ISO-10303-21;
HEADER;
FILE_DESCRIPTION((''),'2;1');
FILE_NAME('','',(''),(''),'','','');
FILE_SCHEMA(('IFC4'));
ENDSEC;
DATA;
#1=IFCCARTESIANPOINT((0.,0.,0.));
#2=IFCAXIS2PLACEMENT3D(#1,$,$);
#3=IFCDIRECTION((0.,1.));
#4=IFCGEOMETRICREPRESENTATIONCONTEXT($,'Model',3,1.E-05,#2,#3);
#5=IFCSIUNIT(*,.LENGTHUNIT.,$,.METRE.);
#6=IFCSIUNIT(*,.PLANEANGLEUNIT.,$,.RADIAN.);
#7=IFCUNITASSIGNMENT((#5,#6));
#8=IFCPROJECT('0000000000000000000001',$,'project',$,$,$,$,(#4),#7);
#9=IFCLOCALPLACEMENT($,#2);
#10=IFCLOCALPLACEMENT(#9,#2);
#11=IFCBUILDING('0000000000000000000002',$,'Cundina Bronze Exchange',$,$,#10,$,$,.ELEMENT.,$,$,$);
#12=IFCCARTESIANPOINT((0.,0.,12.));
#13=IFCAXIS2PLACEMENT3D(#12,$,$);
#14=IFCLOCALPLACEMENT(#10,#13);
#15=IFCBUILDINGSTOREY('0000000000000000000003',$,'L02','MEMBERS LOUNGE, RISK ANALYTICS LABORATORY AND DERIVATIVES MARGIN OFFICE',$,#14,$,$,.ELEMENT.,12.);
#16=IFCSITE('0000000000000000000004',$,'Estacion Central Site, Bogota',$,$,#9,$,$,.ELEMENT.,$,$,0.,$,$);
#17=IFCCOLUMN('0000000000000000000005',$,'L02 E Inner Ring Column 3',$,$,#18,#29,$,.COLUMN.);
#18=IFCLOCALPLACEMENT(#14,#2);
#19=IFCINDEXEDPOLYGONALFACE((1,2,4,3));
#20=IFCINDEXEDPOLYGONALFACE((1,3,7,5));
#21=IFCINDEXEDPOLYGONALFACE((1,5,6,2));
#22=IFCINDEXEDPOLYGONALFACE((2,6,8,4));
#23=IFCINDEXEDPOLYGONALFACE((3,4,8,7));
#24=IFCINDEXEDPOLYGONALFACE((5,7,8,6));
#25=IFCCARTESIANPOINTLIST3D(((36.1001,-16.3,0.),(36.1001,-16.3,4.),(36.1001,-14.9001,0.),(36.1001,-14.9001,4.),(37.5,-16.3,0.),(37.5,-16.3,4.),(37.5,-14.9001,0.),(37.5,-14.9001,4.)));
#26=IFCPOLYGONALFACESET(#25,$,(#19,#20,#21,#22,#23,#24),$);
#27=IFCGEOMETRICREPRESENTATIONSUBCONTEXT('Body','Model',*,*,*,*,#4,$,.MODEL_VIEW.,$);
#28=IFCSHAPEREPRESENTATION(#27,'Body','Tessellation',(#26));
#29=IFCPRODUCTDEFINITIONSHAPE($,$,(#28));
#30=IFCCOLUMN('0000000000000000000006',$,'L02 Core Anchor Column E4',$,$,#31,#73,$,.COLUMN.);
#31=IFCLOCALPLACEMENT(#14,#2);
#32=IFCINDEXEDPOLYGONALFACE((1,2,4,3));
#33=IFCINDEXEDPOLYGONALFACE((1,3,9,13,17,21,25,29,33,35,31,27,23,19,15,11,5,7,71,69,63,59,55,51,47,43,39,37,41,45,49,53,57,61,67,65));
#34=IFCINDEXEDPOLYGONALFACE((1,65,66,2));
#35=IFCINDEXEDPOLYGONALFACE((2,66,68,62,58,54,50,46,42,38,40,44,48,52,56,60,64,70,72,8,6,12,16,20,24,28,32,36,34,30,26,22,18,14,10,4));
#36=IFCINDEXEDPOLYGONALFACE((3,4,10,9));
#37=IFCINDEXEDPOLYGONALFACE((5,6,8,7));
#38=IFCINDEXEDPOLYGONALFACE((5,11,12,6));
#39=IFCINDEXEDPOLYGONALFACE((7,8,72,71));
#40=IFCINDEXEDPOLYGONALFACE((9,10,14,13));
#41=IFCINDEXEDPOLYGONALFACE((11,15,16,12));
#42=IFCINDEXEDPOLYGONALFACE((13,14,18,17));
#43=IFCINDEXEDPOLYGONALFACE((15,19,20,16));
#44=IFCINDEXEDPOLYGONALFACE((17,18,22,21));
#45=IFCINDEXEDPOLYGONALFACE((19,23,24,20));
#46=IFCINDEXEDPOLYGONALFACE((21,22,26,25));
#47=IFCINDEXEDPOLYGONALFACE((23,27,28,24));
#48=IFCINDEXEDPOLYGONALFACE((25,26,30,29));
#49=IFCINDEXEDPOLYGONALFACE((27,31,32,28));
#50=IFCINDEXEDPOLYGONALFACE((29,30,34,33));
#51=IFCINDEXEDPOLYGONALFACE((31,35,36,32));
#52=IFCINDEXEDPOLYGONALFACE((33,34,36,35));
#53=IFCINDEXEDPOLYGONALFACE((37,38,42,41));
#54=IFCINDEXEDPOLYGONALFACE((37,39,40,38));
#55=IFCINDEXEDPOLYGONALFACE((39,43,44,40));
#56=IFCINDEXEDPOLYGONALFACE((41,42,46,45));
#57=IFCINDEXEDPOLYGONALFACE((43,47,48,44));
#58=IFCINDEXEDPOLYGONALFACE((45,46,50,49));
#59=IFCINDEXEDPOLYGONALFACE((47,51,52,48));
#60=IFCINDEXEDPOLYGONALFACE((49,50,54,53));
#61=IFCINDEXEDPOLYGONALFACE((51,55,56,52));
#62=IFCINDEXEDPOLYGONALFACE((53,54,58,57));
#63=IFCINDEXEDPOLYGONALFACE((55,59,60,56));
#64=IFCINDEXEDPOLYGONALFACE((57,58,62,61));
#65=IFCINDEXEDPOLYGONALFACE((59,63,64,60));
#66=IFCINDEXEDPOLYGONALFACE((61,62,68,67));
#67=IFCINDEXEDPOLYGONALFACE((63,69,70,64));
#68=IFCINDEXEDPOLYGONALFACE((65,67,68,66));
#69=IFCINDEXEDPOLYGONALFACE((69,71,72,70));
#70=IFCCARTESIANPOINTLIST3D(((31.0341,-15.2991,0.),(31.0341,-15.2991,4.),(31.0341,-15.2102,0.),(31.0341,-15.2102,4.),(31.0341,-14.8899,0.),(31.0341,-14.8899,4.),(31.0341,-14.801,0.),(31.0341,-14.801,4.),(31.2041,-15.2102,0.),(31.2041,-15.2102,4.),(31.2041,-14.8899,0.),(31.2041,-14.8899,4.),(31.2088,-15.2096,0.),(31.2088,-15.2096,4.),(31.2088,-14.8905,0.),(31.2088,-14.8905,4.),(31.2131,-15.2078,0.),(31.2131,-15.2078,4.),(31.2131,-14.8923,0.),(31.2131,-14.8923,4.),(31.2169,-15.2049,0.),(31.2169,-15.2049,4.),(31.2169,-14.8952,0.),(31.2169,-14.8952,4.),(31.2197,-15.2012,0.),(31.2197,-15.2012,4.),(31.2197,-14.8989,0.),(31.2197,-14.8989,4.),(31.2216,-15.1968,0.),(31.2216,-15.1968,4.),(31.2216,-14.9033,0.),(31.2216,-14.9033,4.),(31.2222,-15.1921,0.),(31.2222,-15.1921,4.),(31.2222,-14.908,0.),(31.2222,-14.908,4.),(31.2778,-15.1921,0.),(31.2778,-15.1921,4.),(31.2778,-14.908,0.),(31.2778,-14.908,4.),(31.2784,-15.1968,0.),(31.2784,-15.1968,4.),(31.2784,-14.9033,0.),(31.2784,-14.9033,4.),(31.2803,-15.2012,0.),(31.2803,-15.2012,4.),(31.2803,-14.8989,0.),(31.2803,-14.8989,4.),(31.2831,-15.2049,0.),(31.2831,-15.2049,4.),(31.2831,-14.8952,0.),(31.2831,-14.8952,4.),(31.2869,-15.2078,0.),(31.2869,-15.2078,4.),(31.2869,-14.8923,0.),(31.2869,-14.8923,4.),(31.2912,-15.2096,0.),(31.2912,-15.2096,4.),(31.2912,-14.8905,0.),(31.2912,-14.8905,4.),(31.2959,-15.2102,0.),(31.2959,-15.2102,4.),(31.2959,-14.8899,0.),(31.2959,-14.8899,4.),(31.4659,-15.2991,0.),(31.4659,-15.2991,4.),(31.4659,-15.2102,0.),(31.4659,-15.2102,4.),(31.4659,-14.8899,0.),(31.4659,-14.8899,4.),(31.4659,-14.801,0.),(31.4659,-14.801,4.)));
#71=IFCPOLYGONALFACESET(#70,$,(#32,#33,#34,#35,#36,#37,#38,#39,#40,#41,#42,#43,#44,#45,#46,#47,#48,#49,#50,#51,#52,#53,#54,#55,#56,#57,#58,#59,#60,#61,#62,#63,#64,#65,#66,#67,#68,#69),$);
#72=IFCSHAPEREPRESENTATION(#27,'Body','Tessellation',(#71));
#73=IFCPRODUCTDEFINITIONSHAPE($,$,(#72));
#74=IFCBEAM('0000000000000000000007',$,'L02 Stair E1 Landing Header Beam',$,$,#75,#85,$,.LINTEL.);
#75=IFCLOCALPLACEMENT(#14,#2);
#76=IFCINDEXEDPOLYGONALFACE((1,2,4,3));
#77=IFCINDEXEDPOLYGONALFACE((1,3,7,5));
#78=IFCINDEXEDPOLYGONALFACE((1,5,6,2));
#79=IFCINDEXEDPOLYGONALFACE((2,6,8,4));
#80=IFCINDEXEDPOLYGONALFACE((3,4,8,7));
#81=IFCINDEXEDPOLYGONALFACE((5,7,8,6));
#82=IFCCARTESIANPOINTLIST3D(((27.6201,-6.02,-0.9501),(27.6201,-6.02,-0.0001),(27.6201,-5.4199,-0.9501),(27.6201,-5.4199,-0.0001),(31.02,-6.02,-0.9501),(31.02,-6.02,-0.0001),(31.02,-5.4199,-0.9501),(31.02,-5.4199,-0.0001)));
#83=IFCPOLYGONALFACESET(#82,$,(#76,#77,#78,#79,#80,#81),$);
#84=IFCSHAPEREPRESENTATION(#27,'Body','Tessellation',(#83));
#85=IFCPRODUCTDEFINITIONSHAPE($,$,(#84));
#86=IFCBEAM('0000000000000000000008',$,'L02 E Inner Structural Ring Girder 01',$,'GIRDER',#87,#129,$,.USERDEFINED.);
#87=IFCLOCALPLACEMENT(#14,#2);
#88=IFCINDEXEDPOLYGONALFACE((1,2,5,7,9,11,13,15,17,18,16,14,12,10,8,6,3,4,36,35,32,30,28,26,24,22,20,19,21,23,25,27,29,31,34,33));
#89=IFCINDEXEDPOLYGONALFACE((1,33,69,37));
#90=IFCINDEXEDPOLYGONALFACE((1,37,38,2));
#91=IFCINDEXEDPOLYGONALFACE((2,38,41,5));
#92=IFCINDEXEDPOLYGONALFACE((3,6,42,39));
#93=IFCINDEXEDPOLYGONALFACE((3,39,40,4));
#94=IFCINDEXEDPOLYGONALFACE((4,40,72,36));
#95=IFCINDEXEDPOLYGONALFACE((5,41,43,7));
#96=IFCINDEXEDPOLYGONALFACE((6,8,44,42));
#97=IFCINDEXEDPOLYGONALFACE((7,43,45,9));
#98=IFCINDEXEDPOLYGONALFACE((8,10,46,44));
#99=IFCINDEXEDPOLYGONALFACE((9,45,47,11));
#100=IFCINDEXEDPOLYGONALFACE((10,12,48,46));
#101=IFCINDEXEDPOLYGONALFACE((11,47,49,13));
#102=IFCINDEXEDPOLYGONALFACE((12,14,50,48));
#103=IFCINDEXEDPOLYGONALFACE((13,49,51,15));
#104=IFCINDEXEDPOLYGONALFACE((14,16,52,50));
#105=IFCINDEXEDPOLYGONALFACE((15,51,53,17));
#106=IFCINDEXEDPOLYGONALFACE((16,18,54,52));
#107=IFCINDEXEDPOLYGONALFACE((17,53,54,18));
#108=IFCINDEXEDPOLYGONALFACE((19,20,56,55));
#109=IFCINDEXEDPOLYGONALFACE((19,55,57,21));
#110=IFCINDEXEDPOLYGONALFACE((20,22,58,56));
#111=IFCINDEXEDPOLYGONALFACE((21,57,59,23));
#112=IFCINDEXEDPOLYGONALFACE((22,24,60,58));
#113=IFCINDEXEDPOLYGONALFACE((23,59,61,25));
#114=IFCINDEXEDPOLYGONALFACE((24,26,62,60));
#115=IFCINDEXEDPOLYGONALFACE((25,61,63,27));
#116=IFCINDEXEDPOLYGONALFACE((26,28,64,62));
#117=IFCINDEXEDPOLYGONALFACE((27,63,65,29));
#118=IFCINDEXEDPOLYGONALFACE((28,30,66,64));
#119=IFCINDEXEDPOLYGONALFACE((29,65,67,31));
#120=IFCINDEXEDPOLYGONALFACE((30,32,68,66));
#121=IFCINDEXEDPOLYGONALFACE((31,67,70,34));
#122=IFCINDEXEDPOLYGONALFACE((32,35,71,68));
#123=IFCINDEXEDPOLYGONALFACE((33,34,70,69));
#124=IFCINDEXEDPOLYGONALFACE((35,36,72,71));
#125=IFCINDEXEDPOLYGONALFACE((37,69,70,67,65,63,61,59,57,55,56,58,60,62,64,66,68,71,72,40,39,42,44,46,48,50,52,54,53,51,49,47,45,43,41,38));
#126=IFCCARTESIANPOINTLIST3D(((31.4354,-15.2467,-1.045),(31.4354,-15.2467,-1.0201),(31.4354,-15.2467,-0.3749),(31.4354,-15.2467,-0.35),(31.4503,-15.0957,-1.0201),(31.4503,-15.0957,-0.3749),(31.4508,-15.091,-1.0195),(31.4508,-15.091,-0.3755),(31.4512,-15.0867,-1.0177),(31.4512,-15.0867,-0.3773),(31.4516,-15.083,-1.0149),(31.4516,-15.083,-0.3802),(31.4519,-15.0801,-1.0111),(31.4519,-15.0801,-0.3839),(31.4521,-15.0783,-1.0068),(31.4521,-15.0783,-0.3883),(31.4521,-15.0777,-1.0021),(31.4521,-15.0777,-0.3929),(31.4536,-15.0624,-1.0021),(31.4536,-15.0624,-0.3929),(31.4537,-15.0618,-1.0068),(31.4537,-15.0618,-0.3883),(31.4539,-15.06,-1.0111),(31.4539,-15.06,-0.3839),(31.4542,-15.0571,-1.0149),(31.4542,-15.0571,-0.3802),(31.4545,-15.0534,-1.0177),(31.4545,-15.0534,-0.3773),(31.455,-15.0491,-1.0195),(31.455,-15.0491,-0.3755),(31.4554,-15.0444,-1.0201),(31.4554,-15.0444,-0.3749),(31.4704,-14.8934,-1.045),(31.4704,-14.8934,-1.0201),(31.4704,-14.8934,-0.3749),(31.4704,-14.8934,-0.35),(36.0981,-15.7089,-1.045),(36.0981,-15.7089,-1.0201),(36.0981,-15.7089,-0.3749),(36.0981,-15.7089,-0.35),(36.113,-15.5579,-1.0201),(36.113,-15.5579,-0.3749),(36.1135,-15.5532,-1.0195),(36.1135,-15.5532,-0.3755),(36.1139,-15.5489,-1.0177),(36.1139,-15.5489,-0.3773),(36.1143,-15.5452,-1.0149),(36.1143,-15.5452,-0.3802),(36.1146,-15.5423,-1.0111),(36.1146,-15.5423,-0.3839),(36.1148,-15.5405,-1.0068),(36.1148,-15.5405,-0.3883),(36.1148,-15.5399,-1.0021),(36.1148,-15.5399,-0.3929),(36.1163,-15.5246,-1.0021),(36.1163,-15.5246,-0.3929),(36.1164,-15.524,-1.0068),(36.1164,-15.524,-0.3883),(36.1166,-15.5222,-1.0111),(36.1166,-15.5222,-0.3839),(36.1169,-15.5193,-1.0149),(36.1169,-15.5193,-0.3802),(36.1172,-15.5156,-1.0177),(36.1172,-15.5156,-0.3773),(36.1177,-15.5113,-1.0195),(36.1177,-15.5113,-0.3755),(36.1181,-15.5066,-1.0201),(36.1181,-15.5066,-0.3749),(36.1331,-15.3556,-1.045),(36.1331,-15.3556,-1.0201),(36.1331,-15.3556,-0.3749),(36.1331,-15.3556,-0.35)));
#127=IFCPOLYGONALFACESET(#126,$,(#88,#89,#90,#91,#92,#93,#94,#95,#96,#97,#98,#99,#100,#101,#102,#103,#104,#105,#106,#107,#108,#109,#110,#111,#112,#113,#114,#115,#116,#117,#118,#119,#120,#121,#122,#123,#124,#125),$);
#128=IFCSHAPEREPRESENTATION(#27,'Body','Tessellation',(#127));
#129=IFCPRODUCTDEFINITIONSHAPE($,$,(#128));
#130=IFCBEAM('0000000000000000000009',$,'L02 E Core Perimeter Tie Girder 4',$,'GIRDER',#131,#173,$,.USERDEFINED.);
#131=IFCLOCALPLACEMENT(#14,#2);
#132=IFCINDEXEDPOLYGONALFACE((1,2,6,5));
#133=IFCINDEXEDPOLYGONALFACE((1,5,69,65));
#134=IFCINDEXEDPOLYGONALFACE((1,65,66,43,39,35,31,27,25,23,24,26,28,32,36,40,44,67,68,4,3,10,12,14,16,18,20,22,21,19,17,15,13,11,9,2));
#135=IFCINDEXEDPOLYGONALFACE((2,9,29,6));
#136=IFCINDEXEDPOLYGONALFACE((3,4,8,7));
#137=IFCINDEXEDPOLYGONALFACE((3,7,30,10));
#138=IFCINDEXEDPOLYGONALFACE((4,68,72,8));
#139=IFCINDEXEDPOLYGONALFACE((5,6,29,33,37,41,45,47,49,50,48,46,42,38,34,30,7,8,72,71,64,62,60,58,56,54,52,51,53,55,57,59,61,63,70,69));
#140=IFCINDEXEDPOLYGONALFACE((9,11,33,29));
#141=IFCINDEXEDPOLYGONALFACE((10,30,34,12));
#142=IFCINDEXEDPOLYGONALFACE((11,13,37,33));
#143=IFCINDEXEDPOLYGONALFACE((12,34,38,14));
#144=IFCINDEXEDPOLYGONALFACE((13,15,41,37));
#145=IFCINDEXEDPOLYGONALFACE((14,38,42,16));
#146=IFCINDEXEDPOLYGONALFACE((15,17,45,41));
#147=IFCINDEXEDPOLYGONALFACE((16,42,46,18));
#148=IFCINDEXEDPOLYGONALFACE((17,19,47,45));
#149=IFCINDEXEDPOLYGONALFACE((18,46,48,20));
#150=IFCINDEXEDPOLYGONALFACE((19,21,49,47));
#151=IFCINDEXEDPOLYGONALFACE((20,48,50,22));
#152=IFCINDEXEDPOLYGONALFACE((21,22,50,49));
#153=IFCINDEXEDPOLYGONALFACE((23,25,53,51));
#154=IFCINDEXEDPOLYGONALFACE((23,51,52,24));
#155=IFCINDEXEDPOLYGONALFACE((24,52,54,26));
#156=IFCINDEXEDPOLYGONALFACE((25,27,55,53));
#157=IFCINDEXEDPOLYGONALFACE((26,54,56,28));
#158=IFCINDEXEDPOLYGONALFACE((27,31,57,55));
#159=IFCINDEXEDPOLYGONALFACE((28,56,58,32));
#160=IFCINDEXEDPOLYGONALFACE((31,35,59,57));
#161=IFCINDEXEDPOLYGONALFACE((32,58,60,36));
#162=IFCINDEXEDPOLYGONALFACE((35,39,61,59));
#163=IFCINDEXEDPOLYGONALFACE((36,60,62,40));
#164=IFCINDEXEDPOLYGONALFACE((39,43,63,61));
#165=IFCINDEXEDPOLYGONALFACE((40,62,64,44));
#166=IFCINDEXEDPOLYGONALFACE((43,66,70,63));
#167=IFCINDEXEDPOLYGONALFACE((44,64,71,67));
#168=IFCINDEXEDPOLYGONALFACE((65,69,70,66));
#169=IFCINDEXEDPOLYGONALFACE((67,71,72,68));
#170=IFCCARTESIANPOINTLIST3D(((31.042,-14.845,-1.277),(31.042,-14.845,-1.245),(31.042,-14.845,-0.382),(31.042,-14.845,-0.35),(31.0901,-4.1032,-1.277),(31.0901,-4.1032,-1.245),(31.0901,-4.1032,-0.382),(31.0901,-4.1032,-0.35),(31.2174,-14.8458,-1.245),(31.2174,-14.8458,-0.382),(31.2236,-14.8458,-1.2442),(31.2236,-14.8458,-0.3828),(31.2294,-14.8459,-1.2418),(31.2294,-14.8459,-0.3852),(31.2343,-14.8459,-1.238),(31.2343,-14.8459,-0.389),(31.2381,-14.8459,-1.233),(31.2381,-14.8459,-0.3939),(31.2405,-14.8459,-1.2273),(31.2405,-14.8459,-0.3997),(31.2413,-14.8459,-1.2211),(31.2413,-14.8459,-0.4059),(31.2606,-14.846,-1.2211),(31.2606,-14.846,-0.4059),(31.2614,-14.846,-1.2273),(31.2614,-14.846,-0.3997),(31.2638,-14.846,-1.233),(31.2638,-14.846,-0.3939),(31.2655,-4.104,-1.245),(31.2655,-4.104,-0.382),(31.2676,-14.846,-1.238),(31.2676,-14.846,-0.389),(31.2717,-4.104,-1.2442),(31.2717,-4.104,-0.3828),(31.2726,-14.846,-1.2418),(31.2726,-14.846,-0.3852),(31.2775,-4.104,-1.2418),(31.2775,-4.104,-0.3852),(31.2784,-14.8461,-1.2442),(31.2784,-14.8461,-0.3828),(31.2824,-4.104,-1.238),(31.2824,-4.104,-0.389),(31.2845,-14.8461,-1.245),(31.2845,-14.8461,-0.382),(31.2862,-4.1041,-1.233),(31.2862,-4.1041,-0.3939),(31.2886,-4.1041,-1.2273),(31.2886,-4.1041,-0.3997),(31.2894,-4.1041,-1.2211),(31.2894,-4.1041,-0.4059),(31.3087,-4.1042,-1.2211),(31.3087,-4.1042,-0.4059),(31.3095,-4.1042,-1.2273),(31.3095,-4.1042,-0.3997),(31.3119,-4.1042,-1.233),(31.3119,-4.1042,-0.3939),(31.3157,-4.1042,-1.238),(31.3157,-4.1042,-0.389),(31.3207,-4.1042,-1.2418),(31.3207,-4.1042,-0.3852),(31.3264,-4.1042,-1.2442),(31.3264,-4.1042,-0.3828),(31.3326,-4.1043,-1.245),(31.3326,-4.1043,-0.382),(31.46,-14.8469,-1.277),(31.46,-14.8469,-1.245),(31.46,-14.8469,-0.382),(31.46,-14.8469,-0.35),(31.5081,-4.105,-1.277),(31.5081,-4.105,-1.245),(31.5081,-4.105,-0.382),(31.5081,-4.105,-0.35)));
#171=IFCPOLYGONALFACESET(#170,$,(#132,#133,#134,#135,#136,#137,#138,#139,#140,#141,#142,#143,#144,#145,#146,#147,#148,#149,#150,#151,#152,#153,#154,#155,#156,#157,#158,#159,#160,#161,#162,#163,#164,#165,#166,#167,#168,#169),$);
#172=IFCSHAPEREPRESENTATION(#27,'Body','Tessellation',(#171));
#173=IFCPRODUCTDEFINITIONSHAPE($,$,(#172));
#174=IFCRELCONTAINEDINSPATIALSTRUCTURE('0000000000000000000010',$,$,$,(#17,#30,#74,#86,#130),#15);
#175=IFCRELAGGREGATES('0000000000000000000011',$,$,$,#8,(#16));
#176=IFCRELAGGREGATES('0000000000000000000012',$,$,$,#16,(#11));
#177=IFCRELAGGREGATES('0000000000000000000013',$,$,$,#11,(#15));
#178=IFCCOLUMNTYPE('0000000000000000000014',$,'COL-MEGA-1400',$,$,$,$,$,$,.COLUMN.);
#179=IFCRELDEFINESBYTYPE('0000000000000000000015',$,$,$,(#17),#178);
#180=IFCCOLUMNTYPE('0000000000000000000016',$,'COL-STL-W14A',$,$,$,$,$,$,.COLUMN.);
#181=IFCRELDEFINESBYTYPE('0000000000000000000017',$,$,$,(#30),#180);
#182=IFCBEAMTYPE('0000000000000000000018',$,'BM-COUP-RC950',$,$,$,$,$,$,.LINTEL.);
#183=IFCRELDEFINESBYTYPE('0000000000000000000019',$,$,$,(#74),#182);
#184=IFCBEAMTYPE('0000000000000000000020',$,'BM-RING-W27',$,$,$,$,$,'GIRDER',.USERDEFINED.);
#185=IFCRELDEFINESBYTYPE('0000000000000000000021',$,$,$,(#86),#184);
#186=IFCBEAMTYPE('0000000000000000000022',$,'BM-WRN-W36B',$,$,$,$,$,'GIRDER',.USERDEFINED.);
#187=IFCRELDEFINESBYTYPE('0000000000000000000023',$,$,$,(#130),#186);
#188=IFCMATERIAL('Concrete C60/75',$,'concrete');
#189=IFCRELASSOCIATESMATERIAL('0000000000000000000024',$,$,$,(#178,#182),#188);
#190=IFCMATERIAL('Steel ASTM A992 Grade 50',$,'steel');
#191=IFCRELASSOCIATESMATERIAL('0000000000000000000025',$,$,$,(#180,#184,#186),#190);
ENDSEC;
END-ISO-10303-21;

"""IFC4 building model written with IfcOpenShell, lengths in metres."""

from ifc_helpers import new_model, si_unit, direction, frame, origin, origin_2d, place, context, subcontext, project, spatial, rectangle, i_section, extrude, material, material_profile, profile_set, type_object, element, save


model = new_model("IFC4")

# Units and contexts
model_context = context("Model", 3, precision=1e-05, world=origin(), true_north=direction((0.0, 1.0)))
body_context = subcontext(model_context, "Body", "Model", "MODEL_VIEW")
ifc_project = project(units=[si_unit("LENGTHUNIT", "METRE"), si_unit("PLANEANGLEUNIT", "RADIAN")], contexts=[model_context])

# Site, building, storey
site_placement = place(None, origin())
site = spatial("IfcSite", under=ifc_project, at=site_placement, Name="Estacion Central Site, Bogota", CompositionType="ELEMENT", RefElevation=0.0)
building_placement = place(site_placement, origin())
building = spatial("IfcBuilding", under=site, at=building_placement, Name="Cundina Bronze Exchange", CompositionType="ELEMENT")
storey_placement = place(building_placement, frame((0.0, 0.0, 12.0)))
storey = spatial("IfcBuildingStorey", under=building, at=storey_placement, Name="L02", Description="MEMBERS LOUNGE, RISK ANALYTICS LABORATORY AND DERIVATIVES MARGIN OFFICE", CompositionType="ELEMENT", Elevation=12.0)

# Columns
ifc_material_1 = material(Name="Concrete C60/75", Category="concrete")
ifc_material_profile_1 = material_profile(ifc_material_1, rectangle(XDim=1.3999, YDim=1.3999, at=origin_2d()), Name="RC1400X1400", Category="concrete")
ifc_profile_set_1 = profile_set([ifc_material_profile_1], Name="Concrete C60/75")
column_type_1 = type_object("IfcColumnType", Name="COL-MEGA-1400", PredefinedType="COLUMN", material=ifc_profile_set_1)
column_1_placement = place(storey_placement, frame((36.8, -15.6001, 0.0), z_axis=(0.0, 0.0, 1.0), x_axis=(1.0, 0.0, 0.0)))
element("IfcColumn", 1, at=column_1_placement, inside=storey, type_object=column_type_1, Name="L02 E Inner Ring Column 3", PredefinedType="COLUMN", context=body_context, shape_type="SweptSolid", body=[
    extrude(rectangle(XDim=1.3999, YDim=1.3999, at=origin_2d()), origin(), (0.0, 0.0, 1.0), 4.0),
])
ifc_material_2 = material(Name="Steel ASTM A992 Grade 50", Category="steel")
ifc_material_profile_2 = material_profile(ifc_material_2, i_section(OverallWidth=0.4319, OverallDepth=0.498, WebThickness=0.0557, FlangeThickness=0.0889, FilletRadius=0.0181, at=origin_2d()), Name="W14X500", Category="steel")
ifc_profile_set_2 = profile_set([ifc_material_profile_2], Name="Steel ASTM A992 Grade 50")
column_type_2 = type_object("IfcColumnType", Name="COL-STL-W14A", PredefinedType="COLUMN", material=ifc_profile_set_2)
column_2_placement = place(storey_placement, frame((31.25, -15.05, 0.0), z_axis=(0.0, 0.0, 1.0), x_axis=(1.0, 0.0, 0.0)))
element("IfcColumn", 2, at=column_2_placement, inside=storey, type_object=column_type_2, Name="L02 Core Anchor Column E4", PredefinedType="COLUMN", context=body_context, shape_type="SweptSolid", body=[
    extrude(i_section(OverallWidth=0.4319, OverallDepth=0.498, WebThickness=0.0557, FlangeThickness=0.0889, FilletRadius=0.0181, at=origin_2d()), origin(), (0.0, 0.0, 1.0), 4.0),
])

# Beams
ifc_material_profile_3 = material_profile(ifc_material_1, rectangle(XDim=0.6001, YDim=0.95, at=origin_2d()), Name="RC600X950", Category="concrete")
ifc_profile_set_3 = profile_set([ifc_material_profile_3], Name="Concrete C60/75")
beam_type_1 = type_object("IfcBeamType", Name="BM-COUP-RC950", PredefinedType="LINTEL", material=ifc_profile_set_3)
beam_1_placement = place(storey_placement, frame((27.6201, -5.72, -0.4751), z_axis=(1.0, 0.0, 0.0), x_axis=(0.0, 1.0, 0.0)))
element("IfcBeam", 3, at=beam_1_placement, inside=storey, type_object=beam_type_1, Name="L02 Stair E1 Landing Header Beam", PredefinedType="LINTEL", context=body_context, shape_type="SweptSolid", body=[
    extrude(rectangle(XDim=0.6001, YDim=0.95, at=origin_2d()), origin(), (0.0, 0.0, 1.0), 3.3999),
])
ifc_material_profile_4 = material_profile(ifc_material_2, i_section(OverallWidth=0.355, OverallDepth=0.6951, WebThickness=0.0154, FlangeThickness=0.0249, FilletRadius=0.0181, at=origin_2d()), Name="W27X146", Category="steel")
ifc_profile_set_4 = profile_set([ifc_material_profile_4], Name="Steel ASTM A992 Grade 50")
beam_type_2 = type_object("IfcBeamType", Name="BM-RING-W27", ElementType="GIRDER", PredefinedType="USERDEFINED", material=ifc_profile_set_4)
beam_2_placement = place(storey_placement, frame((31.4529, -15.0701, -0.6975), z_axis=(0.995123, -0.098637, 0.0), x_axis=(0.098637, 0.995123, 0.0)))
element("IfcBeam", 4, at=beam_2_placement, inside=storey, type_object=beam_type_2, Name="L02 E Inner Structural Ring Girder 01", ObjectType="GIRDER", PredefinedType="USERDEFINED", context=body_context, shape_type="SweptSolid", body=[
    extrude(i_section(OverallWidth=0.355, OverallDepth=0.6951, WebThickness=0.0154, FlangeThickness=0.0249, FilletRadius=0.0181, at=origin_2d()), origin(), (0.0, 0.0, 1.0), 4.6855),
])
ifc_material_profile_5 = material_profile(ifc_material_2, i_section(OverallWidth=0.418, OverallDepth=0.927, WebThickness=0.0193, FlangeThickness=0.032, FilletRadius=0.0239, at=origin_2d()), Name="W36X231", Category="steel")
ifc_profile_set_5 = profile_set([ifc_material_profile_5], Name="Steel ASTM A992 Grade 50")
beam_type_3 = type_object("IfcBeamType", Name="BM-WRN-W36B", ElementType="GIRDER", PredefinedType="USERDEFINED", material=ifc_profile_set_5)
beam_3_placement = place(storey_placement, frame((31.251, -14.8459, -0.8135), z_axis=(0.004477, 0.99999, 0.0), x_axis=(-0.99999, 0.004477, 0.0)))
element("IfcBeam", 5, at=beam_3_placement, inside=storey, type_object=beam_type_3, Name="L02 E Core Perimeter Tie Girder 4", ObjectType="GIRDER", PredefinedType="USERDEFINED", context=body_context, shape_type="SweptSolid", body=[
    extrude(i_section(OverallWidth=0.418, OverallDepth=0.927, WebThickness=0.0193, FlangeThickness=0.032, FilletRadius=0.0239, at=origin_2d()), origin(), (0.0, 0.0, 1.0), 10.7419),
])

save(model, "model.ifc")
